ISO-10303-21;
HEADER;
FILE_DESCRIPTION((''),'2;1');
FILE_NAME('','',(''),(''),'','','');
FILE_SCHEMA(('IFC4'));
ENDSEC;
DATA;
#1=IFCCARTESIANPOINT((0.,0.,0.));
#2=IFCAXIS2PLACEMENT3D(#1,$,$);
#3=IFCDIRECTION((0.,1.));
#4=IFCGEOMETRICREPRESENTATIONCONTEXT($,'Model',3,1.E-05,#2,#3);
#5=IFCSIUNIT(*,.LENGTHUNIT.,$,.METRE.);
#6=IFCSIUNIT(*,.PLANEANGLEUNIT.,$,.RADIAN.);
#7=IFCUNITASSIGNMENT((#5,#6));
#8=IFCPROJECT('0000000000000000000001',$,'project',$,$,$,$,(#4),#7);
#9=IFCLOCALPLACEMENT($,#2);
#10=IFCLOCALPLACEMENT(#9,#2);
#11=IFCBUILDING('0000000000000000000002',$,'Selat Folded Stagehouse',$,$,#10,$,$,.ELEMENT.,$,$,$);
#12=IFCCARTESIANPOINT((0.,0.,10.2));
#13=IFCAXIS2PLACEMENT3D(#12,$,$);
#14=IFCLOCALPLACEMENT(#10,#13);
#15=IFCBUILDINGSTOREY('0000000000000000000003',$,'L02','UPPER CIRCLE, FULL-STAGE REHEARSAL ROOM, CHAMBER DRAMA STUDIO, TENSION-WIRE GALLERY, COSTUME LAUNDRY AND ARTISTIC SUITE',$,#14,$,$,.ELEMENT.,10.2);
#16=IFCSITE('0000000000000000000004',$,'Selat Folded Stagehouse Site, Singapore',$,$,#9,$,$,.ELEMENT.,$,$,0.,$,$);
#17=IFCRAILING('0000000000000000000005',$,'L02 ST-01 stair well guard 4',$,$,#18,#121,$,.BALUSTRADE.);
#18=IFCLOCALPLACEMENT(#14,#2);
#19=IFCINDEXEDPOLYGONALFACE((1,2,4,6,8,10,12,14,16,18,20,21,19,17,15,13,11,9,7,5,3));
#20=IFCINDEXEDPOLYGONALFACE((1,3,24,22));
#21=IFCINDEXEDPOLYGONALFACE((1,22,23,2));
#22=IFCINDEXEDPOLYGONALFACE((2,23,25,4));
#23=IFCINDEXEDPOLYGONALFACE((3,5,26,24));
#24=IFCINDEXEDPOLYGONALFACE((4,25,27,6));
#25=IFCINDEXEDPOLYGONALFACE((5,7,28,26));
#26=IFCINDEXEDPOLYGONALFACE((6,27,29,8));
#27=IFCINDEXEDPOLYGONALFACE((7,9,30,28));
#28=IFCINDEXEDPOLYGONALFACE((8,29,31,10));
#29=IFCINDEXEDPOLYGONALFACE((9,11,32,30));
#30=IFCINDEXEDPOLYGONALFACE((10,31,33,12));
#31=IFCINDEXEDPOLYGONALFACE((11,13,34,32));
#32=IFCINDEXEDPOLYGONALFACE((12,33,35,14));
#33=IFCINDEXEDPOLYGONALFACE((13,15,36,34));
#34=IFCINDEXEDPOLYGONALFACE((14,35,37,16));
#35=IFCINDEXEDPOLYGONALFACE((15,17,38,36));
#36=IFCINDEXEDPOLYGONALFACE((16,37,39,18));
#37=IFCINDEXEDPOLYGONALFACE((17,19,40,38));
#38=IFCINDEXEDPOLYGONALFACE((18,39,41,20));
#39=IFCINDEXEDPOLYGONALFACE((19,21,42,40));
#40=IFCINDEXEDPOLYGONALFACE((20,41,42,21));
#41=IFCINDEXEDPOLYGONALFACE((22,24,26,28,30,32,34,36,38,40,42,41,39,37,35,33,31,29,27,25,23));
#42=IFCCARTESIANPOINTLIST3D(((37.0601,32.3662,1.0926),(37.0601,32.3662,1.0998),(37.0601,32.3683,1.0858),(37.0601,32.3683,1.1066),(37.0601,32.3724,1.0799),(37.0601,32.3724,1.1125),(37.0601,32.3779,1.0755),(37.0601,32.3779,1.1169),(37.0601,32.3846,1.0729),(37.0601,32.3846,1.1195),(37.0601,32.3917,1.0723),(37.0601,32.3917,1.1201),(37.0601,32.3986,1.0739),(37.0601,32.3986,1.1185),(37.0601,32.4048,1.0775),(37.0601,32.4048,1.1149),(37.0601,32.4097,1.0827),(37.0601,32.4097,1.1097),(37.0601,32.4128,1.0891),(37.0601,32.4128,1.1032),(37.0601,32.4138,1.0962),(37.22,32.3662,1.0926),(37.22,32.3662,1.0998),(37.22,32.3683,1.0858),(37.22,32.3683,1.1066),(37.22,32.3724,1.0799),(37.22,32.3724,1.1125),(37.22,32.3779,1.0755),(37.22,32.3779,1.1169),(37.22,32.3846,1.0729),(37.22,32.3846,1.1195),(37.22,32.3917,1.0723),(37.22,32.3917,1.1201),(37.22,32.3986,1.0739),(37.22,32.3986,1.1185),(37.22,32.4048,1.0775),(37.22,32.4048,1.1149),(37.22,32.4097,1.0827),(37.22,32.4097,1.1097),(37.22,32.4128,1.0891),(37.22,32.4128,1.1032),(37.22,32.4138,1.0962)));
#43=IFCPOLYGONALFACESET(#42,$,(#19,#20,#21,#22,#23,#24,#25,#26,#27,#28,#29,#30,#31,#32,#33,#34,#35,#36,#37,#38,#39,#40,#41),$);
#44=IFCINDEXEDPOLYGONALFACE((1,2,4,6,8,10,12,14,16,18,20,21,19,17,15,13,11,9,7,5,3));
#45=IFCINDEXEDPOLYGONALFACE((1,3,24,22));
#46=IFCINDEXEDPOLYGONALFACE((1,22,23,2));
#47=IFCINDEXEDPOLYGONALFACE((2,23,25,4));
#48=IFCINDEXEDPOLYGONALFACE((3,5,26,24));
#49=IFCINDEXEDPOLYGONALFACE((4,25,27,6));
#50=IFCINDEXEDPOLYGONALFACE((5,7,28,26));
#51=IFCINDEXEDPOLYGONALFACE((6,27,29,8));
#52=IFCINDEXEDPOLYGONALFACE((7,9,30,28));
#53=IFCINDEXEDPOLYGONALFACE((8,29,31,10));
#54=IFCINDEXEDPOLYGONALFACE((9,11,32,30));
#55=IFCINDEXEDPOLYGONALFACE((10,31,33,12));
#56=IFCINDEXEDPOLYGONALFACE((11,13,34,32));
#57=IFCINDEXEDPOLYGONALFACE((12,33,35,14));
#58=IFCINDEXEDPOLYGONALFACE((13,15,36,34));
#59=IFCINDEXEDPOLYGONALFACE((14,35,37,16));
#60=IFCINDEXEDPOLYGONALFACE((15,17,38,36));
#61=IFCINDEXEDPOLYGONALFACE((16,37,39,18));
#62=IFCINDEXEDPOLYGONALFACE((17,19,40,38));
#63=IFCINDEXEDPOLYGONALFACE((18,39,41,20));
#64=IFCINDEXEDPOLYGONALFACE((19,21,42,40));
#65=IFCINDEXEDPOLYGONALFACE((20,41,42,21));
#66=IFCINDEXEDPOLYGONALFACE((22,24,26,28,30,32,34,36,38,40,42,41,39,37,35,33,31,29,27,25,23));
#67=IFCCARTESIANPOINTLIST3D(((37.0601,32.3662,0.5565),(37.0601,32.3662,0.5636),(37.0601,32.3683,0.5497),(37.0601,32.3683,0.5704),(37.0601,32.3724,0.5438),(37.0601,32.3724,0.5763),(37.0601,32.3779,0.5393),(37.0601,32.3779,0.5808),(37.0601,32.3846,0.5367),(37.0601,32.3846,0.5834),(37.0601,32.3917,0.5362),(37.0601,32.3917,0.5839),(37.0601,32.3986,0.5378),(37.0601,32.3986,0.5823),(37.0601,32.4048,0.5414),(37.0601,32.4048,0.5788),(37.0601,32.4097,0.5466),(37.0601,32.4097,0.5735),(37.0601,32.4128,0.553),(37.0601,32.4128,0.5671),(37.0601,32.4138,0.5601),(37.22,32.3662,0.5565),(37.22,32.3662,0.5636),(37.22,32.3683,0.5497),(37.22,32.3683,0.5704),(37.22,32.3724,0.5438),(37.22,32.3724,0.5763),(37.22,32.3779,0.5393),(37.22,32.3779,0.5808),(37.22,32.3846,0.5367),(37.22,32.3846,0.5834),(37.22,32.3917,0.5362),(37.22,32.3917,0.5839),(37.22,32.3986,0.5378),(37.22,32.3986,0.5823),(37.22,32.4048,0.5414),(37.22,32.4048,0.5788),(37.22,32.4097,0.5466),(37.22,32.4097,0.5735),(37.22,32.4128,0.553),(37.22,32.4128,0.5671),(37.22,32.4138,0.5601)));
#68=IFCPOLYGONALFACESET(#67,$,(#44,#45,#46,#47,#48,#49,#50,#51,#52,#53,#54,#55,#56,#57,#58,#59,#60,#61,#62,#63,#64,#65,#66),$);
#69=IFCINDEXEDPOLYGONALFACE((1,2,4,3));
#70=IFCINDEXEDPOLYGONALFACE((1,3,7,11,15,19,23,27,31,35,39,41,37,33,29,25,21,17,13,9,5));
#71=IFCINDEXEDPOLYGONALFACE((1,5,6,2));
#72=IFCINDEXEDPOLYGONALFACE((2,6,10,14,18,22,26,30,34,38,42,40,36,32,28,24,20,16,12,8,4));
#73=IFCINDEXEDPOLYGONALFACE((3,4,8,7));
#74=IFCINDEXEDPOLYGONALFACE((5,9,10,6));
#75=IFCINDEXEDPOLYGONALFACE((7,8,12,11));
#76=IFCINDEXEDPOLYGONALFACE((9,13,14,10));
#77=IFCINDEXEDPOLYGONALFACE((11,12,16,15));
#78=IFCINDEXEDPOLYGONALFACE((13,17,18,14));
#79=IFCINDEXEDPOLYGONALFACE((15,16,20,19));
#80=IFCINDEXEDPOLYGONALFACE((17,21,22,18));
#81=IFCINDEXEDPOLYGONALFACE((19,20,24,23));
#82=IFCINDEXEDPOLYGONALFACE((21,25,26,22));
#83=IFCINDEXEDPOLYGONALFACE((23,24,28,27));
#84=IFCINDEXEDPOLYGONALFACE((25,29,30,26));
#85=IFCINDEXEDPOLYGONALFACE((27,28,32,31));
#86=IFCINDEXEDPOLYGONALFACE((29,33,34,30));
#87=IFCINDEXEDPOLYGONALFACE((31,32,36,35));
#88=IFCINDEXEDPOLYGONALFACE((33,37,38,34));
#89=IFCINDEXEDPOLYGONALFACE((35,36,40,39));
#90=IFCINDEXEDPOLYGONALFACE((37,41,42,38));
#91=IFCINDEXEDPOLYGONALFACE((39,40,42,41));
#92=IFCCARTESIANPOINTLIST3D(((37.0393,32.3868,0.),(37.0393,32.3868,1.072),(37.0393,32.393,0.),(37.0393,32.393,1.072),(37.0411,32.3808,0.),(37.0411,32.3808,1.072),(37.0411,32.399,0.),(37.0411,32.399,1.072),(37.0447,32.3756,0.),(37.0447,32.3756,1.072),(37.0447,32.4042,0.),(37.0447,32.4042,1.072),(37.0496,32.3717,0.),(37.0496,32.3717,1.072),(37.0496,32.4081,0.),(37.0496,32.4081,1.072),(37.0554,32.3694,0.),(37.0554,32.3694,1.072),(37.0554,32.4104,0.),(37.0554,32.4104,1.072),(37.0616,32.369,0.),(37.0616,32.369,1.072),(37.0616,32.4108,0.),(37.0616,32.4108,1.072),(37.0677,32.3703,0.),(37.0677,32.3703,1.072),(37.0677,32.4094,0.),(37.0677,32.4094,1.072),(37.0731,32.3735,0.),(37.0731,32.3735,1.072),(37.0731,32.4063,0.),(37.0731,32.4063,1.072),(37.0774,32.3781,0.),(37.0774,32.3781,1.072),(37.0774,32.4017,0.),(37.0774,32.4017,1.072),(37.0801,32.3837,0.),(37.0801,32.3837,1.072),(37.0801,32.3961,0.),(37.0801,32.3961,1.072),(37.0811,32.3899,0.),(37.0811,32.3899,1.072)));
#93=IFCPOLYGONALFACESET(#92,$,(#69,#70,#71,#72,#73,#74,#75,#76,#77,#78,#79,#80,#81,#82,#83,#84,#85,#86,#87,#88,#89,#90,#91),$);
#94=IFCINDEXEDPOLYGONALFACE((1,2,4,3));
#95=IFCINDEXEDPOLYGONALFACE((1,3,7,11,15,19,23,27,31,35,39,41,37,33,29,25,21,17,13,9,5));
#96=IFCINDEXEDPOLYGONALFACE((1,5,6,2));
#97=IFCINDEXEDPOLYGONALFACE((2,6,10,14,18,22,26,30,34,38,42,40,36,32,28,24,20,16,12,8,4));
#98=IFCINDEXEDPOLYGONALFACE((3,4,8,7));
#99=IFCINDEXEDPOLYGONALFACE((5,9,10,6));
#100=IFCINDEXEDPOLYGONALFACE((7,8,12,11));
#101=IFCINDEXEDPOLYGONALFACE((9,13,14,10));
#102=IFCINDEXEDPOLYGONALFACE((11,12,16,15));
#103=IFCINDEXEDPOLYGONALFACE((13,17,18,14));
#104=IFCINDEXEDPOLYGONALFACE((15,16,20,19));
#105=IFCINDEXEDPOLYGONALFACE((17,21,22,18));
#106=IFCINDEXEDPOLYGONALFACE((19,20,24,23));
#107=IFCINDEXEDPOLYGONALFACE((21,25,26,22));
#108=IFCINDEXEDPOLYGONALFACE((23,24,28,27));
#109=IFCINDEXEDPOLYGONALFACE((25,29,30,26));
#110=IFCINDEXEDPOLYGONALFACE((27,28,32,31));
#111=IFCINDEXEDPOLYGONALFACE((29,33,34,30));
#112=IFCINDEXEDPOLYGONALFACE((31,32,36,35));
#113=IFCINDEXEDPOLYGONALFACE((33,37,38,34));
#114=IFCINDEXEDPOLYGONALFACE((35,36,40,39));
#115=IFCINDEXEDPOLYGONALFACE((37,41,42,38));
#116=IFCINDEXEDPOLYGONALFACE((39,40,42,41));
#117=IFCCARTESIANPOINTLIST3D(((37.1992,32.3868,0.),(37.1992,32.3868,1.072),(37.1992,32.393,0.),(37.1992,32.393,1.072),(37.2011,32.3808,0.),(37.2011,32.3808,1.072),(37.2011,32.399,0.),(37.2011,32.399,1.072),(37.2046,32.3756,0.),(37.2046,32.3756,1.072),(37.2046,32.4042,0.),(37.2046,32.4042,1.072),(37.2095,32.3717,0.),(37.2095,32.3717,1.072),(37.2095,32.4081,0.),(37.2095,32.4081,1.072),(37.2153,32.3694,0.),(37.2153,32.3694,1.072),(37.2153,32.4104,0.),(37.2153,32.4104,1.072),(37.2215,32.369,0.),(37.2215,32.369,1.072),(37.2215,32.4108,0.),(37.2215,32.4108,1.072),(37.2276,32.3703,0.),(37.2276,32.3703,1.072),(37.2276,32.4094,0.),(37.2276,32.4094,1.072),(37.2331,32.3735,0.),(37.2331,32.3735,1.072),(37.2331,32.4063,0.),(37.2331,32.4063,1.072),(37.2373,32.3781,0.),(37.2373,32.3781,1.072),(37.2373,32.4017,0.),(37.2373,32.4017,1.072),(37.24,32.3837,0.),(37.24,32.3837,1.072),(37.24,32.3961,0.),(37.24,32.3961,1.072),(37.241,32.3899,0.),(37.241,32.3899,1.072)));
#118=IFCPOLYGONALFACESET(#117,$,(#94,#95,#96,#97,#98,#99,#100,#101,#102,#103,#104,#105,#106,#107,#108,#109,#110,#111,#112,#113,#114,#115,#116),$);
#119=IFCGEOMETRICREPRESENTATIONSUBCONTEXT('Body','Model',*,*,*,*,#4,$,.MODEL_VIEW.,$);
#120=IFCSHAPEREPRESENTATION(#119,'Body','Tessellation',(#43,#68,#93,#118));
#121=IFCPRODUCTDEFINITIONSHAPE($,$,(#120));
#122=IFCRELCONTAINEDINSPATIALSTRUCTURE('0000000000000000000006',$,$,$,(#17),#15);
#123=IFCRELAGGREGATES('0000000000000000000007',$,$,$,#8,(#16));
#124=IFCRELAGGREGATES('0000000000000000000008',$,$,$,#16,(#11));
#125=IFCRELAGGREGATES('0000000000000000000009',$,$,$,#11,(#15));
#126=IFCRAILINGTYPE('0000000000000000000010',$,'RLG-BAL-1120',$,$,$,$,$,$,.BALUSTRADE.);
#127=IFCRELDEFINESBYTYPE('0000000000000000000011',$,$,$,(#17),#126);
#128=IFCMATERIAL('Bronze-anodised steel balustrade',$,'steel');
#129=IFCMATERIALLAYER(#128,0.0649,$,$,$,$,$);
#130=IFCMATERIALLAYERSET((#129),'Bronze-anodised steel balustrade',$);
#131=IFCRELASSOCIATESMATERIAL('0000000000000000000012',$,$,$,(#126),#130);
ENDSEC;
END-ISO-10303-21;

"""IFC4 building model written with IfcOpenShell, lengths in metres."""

from ifc_helpers import new_model, si_unit, direction, frame, origin, origin_2d, place, context, subcontext, project, spatial, circle, extrude, material, layer, layer_set, type_object, element, save


model = new_model("IFC4")

# Units and contexts
model_context = context("Model", 3, precision=1e-05, world=origin(), true_north=direction((0.0, 1.0)))
body_context = subcontext(model_context, "Body", "Model", "MODEL_VIEW")
ifc_project = project(units=[si_unit("LENGTHUNIT", "METRE"), si_unit("PLANEANGLEUNIT", "RADIAN")], contexts=[model_context])

# Site, building, storey
site_placement = place(None, origin())
site = spatial("IfcSite", under=ifc_project, at=site_placement, Name="Selat Folded Stagehouse Site, Singapore", CompositionType="ELEMENT", RefElevation=0.0)
building_placement = place(site_placement, origin())
building = spatial("IfcBuilding", under=site, at=building_placement, Name="Selat Folded Stagehouse", CompositionType="ELEMENT")
storey_placement = place(building_placement, frame((0.0, 0.0, 10.2)))
storey = spatial("IfcBuildingStorey", under=building, at=storey_placement, Name="L02", Description="UPPER CIRCLE, FULL-STAGE REHEARSAL ROOM, CHAMBER DRAMA STUDIO, TENSION-WIRE GALLERY, COSTUME LAUNDRY AND ARTISTIC SUITE", CompositionType="ELEMENT", Elevation=10.2)

# Railing
ifc_material_1 = material(Name="Bronze-anodised steel balustrade", Category="steel")
ifc_layer_1 = layer(ifc_material_1, 0.0649)
ifc_layer_set_1 = layer_set([ifc_layer_1], Name="Bronze-anodised steel balustrade")
railing_type_1 = type_object("IfcRailingType", Name="RLG-BAL-1120", PredefinedType="BALUSTRADE", material=ifc_layer_set_1)
railing_1_placement = place(storey_placement, frame((37.0601, 32.3899, 0.0)))
element("IfcRailing", 1, at=railing_1_placement, inside=storey, type_object=railing_type_1, Name="L02 ST-01 stair well guard 4", PredefinedType="BALUSTRADE", context=body_context, shape_type="SweptSolid", body=[
    extrude(circle(Radius=0.0239, at=origin_2d()), frame((0.0, 0.0, 1.0962), z_axis=(1.0, 0.0, 0.0), x_axis=(0.0, 1.0, 0.0)), (0.0, 0.0, 1.0), 0.1599),
    extrude(circle(Radius=0.0239, at=origin_2d()), frame((0.0, 0.0, 0.5601), z_axis=(1.0, 0.0, 0.0), x_axis=(0.0, 1.0, 0.0)), (0.0, 0.0, 1.0), 0.1599),
    extrude(circle(Radius=0.021, at=origin_2d()), origin(), (0.0, 0.0, 1.0), 1.072),
    extrude(circle(Radius=0.021, at=origin_2d()), frame((0.1599, 0.0, 0.0)), (0.0, 0.0, 1.0), 1.072),
])

save(model, "model.ifc")
